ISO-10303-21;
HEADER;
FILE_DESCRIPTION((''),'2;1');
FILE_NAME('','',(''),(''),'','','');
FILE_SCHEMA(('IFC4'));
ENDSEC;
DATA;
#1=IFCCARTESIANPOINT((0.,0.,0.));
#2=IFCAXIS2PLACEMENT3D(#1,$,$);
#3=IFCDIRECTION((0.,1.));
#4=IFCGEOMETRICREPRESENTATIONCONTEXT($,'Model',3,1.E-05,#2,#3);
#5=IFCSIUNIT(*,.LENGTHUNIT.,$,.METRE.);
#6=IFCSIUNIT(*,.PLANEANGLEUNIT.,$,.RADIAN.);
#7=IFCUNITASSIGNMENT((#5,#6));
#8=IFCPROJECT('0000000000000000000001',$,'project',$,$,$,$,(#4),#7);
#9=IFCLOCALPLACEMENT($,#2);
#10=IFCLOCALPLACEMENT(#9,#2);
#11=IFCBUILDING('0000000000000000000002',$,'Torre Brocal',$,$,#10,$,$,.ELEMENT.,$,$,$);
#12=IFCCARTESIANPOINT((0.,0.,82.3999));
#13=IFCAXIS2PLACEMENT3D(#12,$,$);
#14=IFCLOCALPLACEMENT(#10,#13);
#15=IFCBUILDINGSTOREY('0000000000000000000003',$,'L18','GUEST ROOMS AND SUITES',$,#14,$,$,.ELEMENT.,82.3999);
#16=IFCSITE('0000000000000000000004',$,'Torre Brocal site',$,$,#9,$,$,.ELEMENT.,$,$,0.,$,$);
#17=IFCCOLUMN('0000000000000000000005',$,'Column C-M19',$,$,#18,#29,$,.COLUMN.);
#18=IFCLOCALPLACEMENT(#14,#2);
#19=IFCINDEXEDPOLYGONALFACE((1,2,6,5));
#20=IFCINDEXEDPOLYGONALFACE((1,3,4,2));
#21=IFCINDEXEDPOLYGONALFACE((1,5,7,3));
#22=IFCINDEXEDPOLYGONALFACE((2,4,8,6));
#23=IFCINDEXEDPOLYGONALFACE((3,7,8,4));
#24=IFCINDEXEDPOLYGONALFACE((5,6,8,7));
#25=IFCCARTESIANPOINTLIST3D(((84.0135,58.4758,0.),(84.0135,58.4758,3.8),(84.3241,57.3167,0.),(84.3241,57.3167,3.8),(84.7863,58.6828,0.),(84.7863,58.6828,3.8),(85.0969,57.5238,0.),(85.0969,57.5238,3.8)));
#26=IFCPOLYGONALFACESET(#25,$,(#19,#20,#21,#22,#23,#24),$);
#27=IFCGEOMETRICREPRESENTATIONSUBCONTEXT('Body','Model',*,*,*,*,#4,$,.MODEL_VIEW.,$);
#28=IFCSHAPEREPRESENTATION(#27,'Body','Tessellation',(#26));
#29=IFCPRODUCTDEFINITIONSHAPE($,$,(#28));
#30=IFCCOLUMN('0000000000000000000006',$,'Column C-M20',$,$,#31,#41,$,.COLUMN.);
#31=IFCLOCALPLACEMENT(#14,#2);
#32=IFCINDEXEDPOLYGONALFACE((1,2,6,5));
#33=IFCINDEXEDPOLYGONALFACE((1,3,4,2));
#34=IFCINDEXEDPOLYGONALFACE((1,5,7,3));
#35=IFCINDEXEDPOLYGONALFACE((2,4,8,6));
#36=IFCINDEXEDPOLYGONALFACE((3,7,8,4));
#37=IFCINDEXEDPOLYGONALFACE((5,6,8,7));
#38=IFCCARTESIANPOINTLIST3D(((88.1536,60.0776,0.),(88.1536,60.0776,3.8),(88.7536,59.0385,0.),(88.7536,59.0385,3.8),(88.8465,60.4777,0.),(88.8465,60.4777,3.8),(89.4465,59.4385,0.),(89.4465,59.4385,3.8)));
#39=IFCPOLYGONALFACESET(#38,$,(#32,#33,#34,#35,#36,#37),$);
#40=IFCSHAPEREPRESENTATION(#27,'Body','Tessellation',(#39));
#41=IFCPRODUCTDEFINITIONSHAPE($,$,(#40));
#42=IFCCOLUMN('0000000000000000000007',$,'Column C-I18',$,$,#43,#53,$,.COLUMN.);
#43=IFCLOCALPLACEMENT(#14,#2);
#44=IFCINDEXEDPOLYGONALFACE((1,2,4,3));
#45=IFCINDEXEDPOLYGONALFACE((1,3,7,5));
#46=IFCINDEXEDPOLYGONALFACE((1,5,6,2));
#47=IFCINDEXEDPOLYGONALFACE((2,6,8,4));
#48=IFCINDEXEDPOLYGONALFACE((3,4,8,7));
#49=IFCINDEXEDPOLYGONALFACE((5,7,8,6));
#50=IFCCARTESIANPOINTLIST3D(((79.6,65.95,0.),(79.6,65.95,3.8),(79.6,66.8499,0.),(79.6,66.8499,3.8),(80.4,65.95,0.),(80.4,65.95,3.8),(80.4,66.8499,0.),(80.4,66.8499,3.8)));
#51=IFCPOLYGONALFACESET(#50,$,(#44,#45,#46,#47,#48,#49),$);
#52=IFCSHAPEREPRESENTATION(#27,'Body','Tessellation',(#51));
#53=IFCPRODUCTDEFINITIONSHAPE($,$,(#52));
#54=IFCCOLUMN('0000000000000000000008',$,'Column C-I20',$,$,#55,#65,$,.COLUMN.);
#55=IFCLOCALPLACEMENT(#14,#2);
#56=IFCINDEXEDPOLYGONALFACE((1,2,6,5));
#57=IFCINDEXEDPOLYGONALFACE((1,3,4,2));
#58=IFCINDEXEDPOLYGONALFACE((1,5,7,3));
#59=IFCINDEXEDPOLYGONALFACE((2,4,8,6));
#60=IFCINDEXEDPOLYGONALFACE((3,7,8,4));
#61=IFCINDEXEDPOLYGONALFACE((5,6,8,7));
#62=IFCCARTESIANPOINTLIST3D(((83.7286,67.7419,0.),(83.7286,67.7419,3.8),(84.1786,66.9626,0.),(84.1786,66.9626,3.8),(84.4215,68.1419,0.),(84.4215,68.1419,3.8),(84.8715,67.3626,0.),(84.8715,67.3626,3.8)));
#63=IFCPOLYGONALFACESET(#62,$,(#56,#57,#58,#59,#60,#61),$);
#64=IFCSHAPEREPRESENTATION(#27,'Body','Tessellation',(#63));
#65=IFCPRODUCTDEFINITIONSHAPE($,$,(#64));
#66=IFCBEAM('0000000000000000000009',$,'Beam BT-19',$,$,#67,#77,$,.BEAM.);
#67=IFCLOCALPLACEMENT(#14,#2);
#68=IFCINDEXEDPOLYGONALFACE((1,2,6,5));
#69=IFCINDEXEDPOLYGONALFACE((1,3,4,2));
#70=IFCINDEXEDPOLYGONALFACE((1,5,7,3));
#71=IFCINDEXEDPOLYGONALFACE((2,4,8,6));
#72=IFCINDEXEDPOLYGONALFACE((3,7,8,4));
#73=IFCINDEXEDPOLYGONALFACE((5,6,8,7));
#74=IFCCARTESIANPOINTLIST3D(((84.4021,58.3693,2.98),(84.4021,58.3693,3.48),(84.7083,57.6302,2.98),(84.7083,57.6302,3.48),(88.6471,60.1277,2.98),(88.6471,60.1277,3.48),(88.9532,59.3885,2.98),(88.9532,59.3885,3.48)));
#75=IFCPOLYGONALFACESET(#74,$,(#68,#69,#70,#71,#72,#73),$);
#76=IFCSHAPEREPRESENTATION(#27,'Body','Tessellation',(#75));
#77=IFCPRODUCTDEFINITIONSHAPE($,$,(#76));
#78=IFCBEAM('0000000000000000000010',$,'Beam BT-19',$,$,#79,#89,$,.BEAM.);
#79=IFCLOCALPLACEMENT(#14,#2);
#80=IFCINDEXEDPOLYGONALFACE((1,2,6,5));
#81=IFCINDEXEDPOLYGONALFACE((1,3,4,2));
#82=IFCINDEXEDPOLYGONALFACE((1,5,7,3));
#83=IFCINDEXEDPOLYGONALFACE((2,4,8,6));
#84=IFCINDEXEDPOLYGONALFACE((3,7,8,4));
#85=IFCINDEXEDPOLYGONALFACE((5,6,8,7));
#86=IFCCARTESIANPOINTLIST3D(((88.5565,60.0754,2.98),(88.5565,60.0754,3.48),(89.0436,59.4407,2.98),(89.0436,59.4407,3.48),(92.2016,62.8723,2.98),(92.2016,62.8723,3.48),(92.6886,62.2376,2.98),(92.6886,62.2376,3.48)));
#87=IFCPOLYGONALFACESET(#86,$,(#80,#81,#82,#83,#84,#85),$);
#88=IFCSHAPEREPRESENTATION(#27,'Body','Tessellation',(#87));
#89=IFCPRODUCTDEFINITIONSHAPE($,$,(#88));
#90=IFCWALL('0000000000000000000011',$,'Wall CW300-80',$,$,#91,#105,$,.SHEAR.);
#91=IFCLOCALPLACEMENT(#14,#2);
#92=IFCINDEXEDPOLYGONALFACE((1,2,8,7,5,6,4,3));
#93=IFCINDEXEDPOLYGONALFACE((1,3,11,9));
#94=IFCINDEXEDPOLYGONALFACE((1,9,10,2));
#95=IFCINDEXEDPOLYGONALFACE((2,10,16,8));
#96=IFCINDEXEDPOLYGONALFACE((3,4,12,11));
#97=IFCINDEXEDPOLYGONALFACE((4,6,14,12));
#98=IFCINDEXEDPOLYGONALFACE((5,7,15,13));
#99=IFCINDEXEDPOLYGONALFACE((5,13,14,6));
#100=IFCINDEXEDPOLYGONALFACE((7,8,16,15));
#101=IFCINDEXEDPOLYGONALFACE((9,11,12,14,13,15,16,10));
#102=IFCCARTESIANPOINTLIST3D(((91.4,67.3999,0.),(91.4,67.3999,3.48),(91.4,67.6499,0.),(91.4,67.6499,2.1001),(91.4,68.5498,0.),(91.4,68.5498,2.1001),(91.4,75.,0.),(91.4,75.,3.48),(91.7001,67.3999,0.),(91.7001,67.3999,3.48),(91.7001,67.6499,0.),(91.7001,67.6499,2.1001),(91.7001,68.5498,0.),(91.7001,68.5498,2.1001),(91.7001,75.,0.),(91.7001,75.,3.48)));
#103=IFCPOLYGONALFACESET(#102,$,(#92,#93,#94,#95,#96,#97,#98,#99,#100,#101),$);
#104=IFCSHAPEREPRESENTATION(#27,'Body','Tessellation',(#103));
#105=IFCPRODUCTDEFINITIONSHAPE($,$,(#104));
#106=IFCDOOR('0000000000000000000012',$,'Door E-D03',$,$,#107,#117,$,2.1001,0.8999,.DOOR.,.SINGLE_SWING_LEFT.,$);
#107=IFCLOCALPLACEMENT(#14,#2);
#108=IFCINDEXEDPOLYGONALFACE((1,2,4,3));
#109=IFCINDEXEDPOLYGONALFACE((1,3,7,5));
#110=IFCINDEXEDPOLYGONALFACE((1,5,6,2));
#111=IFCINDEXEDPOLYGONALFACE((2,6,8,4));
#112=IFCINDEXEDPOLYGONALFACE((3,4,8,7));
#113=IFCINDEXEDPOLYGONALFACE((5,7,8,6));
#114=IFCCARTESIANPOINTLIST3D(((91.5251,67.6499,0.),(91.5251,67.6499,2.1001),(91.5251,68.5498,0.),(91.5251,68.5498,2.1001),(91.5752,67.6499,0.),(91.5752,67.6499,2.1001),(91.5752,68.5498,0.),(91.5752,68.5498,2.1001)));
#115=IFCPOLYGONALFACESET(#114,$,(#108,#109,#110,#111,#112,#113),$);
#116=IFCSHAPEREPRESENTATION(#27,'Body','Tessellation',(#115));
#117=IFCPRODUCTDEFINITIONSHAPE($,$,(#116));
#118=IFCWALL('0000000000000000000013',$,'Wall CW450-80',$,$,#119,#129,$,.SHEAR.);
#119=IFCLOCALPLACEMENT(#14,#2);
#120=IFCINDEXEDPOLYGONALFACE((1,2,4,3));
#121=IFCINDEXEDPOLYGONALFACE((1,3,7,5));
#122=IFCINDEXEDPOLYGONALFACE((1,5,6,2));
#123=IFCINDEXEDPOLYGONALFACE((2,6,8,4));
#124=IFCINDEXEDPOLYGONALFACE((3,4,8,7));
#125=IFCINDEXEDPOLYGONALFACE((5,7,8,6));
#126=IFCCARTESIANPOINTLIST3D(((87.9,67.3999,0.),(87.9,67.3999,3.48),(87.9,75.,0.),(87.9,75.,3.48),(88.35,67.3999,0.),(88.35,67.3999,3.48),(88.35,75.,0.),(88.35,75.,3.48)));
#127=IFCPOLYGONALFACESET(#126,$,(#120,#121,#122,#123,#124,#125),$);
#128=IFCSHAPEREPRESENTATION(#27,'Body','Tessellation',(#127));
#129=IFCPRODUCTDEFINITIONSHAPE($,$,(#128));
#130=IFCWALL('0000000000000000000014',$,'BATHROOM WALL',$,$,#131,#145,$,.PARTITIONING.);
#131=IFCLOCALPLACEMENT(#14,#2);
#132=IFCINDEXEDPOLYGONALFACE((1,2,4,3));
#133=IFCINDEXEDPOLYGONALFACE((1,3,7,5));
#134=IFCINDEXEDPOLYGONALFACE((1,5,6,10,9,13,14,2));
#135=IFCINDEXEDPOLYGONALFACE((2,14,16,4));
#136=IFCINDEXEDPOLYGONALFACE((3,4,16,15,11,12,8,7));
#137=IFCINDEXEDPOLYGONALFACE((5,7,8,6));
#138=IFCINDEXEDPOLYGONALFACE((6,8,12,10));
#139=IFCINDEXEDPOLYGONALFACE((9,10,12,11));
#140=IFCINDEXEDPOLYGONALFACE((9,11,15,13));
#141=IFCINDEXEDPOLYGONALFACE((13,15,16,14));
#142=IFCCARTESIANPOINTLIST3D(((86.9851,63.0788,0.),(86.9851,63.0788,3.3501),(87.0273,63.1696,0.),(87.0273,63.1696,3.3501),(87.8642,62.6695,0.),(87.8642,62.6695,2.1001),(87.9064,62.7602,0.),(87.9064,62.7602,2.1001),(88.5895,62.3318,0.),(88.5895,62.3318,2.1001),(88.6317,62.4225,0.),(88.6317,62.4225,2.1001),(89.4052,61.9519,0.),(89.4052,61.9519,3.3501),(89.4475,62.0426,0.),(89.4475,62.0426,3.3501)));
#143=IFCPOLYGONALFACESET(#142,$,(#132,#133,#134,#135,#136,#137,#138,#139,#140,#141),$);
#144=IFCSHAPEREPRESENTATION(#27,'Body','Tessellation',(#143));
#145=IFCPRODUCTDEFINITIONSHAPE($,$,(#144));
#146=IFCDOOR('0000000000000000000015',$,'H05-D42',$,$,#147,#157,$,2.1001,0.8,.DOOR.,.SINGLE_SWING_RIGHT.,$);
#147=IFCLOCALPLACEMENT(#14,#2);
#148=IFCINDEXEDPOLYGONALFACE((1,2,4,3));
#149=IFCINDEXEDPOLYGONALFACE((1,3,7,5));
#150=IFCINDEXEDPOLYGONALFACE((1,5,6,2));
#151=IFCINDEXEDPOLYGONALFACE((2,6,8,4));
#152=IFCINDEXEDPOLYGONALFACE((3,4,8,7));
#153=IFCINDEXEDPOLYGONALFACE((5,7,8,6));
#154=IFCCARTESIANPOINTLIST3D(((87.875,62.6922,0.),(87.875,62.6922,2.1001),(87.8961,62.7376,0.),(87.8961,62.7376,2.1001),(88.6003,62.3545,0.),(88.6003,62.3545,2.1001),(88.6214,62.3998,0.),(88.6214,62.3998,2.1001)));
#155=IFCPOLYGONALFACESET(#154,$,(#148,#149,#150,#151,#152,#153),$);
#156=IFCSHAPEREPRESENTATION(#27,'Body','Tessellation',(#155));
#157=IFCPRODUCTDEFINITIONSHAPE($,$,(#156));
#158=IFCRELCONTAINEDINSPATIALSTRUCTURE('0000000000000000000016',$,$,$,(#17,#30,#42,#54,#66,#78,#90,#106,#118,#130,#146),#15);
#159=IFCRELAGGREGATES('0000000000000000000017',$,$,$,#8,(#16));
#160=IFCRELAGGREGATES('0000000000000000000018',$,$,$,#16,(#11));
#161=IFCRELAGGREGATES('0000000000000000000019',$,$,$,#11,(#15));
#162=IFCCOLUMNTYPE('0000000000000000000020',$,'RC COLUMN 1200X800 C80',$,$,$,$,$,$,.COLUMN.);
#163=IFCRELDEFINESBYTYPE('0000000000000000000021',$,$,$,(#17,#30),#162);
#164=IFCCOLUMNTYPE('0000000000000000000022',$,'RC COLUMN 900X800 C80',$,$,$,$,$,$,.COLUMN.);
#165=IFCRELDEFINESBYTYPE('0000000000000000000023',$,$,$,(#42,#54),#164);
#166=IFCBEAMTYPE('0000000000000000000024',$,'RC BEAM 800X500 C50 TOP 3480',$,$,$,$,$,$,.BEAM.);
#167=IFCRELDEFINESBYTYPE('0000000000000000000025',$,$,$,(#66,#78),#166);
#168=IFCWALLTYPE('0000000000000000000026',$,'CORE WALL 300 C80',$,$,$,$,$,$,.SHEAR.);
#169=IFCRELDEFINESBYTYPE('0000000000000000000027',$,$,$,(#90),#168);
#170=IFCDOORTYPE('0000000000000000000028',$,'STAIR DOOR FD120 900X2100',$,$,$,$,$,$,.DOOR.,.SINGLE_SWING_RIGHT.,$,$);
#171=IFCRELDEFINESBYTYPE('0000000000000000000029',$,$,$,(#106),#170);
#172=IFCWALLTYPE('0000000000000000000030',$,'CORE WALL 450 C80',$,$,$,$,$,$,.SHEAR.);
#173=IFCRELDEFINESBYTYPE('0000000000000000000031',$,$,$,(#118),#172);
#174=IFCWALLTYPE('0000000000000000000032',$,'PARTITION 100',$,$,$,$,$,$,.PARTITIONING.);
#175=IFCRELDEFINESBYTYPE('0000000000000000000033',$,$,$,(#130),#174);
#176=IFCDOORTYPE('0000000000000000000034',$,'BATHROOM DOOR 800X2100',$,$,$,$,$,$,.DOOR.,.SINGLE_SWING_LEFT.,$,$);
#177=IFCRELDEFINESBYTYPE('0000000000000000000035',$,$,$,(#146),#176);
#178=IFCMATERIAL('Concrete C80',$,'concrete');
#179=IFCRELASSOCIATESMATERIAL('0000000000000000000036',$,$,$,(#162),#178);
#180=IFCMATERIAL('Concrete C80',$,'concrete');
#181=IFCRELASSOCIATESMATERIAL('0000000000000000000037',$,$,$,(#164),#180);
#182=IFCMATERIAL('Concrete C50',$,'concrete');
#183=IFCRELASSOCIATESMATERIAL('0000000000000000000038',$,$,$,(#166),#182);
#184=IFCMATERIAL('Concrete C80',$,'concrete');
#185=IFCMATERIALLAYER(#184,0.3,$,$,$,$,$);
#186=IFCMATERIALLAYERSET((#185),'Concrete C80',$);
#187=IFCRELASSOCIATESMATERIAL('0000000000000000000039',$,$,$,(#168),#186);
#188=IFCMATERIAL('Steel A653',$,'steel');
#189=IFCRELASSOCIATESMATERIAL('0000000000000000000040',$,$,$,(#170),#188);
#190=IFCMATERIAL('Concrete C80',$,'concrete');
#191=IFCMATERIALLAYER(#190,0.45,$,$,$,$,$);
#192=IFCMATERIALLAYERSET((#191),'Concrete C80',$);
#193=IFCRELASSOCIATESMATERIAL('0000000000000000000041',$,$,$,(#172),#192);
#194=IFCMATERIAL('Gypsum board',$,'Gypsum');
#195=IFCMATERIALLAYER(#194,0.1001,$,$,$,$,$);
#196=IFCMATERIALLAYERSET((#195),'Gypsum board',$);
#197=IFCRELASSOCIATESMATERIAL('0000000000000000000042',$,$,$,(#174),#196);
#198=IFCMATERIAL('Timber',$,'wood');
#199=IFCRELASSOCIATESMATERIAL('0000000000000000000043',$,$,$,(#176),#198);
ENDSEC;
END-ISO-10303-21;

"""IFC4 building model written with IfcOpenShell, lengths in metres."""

from ifc_helpers import new_model, si_unit, direction, frame, frame_2d, origin, origin_2d, place, context, subcontext, project, spatial, rectangle, extrude, material, layer, layer_set, material_profile, profile_set, type_object, element, fill, save


model = new_model("IFC4")

# Units and contexts
model_context = context("Model", 3, precision=1e-05, world=origin(), true_north=direction((0.0, 1.0)))
body_context = subcontext(model_context, "Body", "Model", "MODEL_VIEW")
ifc_project = project(units=[si_unit("LENGTHUNIT", "METRE"), si_unit("PLANEANGLEUNIT", "RADIAN")], contexts=[model_context])

# Site, building, storey
site_placement = place(None, origin())
site = spatial("IfcSite", under=ifc_project, at=site_placement, Name="Torre Brocal site", CompositionType="ELEMENT", RefElevation=0.0)
building_placement = place(site_placement, origin())
building = spatial("IfcBuilding", under=site, at=building_placement, Name="Torre Brocal", CompositionType="ELEMENT")
storey_placement = place(building_placement, frame((0.0, 0.0, 82.3999)))
storey = spatial("IfcBuildingStorey", under=building, at=storey_placement, Name="L18", Description="GUEST ROOMS AND SUITES", CompositionType="ELEMENT", Elevation=82.3999)

# Columns
ifc_material_1 = material(Name="Concrete C80", Category="concrete")
ifc_material_profile_1 = material_profile(ifc_material_1, rectangle(XDim=1.2, YDim=0.8, at=origin_2d()), Name="RC 1200X800")
ifc_profile_set_1 = profile_set([ifc_material_profile_1], Name="Concrete C80")
column_type_1 = type_object("IfcColumnType", Name="RC COLUMN 1200X800 C80", PredefinedType="COLUMN", material=ifc_profile_set_1)
for number, where, z_axis, x_axis, name in (
    (1, (84.5552, 57.9998, 0.0), (0.0, 0.0, 1.0), (0.258819, -0.965926, 0.0), "Column C-M19"),
    (2, (88.8, 59.7581, 0.0), (0.0, 0.0, 1.0), (0.5, -0.866025, 0.0), "Column C-M20"),
):
    element("IfcColumn", number, at=place(storey_placement, frame(where, z_axis=z_axis, x_axis=x_axis)), inside=storey, type_object=column_type_1, Name=name, PredefinedType="COLUMN", context=body_context, shape_type="SweptSolid", body=[
        extrude(rectangle(XDim=1.2, YDim=0.8, at=origin_2d()), origin(), (0.0, 0.0, 1.0), 3.8),
    ])
ifc_material_2 = material(Name="Concrete C80", Category="concrete")
ifc_material_profile_2 = material_profile(ifc_material_2, rectangle(XDim=0.8999, YDim=0.8, at=origin_2d()), Name="RC 900X800")
ifc_profile_set_2 = profile_set([ifc_material_profile_2], Name="Concrete C80")
column_type_2 = type_object("IfcColumnType", Name="RC COLUMN 900X800 C80", PredefinedType="COLUMN", material=ifc_profile_set_2)
for number, where, z_axis, x_axis, name in (
    (3, (80.0, 66.3999, 0.0), (0.0, 0.0, 1.0), (0.0, -1.0, 0.0), "Column C-I18"),
    (4, (84.3, 67.5522, 0.0), (0.0, 0.0, 1.0), (0.5, -0.866025, 0.0), "Column C-I20"),
):
    element("IfcColumn", number, at=place(storey_placement, frame(where, z_axis=z_axis, x_axis=x_axis)), inside=storey, type_object=column_type_2, Name=name, PredefinedType="COLUMN", context=body_context, shape_type="SweptSolid", body=[
        extrude(rectangle(XDim=0.8999, YDim=0.8, at=origin_2d()), origin(), (0.0, 0.0, 1.0), 3.8),
    ])

# Beams
ifc_material_3 = material(Name="Concrete C50", Category="concrete")
ifc_material_profile_3 = material_profile(ifc_material_3, rectangle(XDim=0.8, YDim=0.5, at=origin_2d()), Name="RC 800X500")
ifc_profile_set_3 = profile_set([ifc_material_profile_3], Name="Concrete C50")
beam_type = type_object("IfcBeamType", Name="RC BEAM 800X500 C50 TOP 3480", PredefinedType="BEAM", material=ifc_profile_set_3)
beam_1_placement = place(storey_placement, frame((84.5552, 57.9998, 3.23), z_axis=(0.923878, 0.382687, 0.0), x_axis=(-0.382687, 0.923878, 0.0)))
element("IfcBeam", 5, at=beam_1_placement, inside=storey, type_object=beam_type, Name="Beam BT-19", PredefinedType="BEAM", context=body_context, shape_type="SweptSolid", body=[
    extrude(rectangle(XDim=0.8, YDim=0.5, at=origin_2d()), origin(), (0.0, 0.0, 1.0), 4.5947),
])
beam_2_placement = place(storey_placement, frame((88.8, 59.7581, 3.23), z_axis=(0.793358, 0.608755, 0.0), x_axis=(-0.608755, 0.793358, 0.0)))
element("IfcBeam", 6, at=beam_2_placement, inside=storey, type_object=beam_type, Name="Beam BT-19", PredefinedType="BEAM", context=body_context, shape_type="SweptSolid", body=[
    extrude(rectangle(XDim=0.8, YDim=0.5, at=origin_2d()), origin(), (0.0, 0.0, 1.0), 4.5945),
])

# Wall, opening, door
ifc_material_4 = material(Name="Concrete C80", Category="concrete")
ifc_layer_1 = layer(ifc_material_4, 0.3)
ifc_layer_set_1 = layer_set([ifc_layer_1], Name="Concrete C80")
wall_type_1 = type_object("IfcWallType", Name="CORE WALL 300 C80", PredefinedType="SHEAR", material=ifc_layer_set_1)
wall_1_placement = place(storey_placement, frame((91.55, 67.3999, 0.0), z_axis=(0.0, 0.0, 1.0), x_axis=(0.0, 1.0, 0.0)))
wall_1 = element("IfcWall", 7, at=wall_1_placement, inside=storey, type_object=wall_type_1, Name="Wall CW300-80", PredefinedType="SHEAR", context=body_context, shape_type="SweptSolid", body=[
    extrude(rectangle(XDim=7.6001, YDim=0.3, at=frame_2d((3.8, 0.0))), origin(), (0.0, 0.0, 1.0), 3.48),
])
opening_1_placement = place(wall_1_placement, frame((0.25, 0.0, 0.0)))
opening_1 = element("IfcOpeningElement", 8, at=opening_1_placement, cuts=wall_1, PredefinedType="OPENING", context=body_context, shape_type="SweptSolid", body=[
    extrude(rectangle(XDim=0.8999, YDim=2.1001, at=frame_2d((0.45, 1.05))), frame((0.0, 0.1599, 0.0), z_axis=(0.0, -1.0, 0.0), x_axis=(1.0, 0.0, 0.0)), (0.0, 0.0, 1.0), 0.3201),
])
ifc_material_5 = material(Name="Steel A653", Category="steel")
door_type_1 = type_object("IfcDoorType", Name="STAIR DOOR FD120 900X2100", OperationType="SINGLE_SWING_RIGHT", PredefinedType="DOOR", material=ifc_material_5)
door_1_placement = place(opening_1_placement, origin())
door_1 = element("IfcDoor", 9, at=door_1_placement, inside=storey, type_object=door_type_1, Name="Door E-D03", OperationType="SINGLE_SWING_LEFT", OverallHeight=2.1001, OverallWidth=0.8999, PredefinedType="DOOR", context=body_context, shape_type="SweptSolid", body=[
    extrude(rectangle(XDim=0.8999, YDim=2.1001, at=frame_2d((0.45, 1.05))), frame((0.0, 0.0249, 0.0), z_axis=(0.0, -1.0, 0.0), x_axis=(1.0, 0.0, 0.0)), (0.0, 0.0, 1.0), 0.05),
])
fill(opening_1, door_1)

# Wall
ifc_material_6 = material(Name="Concrete C80", Category="concrete")
ifc_layer_2 = layer(ifc_material_6, 0.45)
ifc_layer_set_2 = layer_set([ifc_layer_2], Name="Concrete C80")
wall_type_2 = type_object("IfcWallType", Name="CORE WALL 450 C80", PredefinedType="SHEAR", material=ifc_layer_set_2)
wall_2_placement = place(storey_placement, frame((88.125, 67.3999, 0.0), z_axis=(0.0, 0.0, 1.0), x_axis=(0.0, 1.0, 0.0)))
element("IfcWall", 10, at=wall_2_placement, inside=storey, type_object=wall_type_2, Name="Wall CW450-80", PredefinedType="SHEAR", context=body_context, shape_type="SweptSolid", body=[
    extrude(rectangle(XDim=7.6001, YDim=0.45, at=frame_2d((3.8, 0.0))), origin(), (0.0, 0.0, 1.0), 3.48),
])

# Wall, opening, door
ifc_material_7 = material(Name="Gypsum board", Category="Gypsum")
ifc_layer_3 = layer(ifc_material_7, 0.1001)
ifc_layer_set_3 = layer_set([ifc_layer_3], Name="Gypsum board")
wall_type_3 = type_object("IfcWallType", Name="PARTITION 100", PredefinedType="PARTITIONING", material=ifc_layer_set_3)
wall_3_placement = place(storey_placement, frame((87.0061, 63.1243, 0.0), z_axis=(0.0, 0.0, 1.0), x_axis=(0.906536, -0.422129, 0.0)))
wall_3 = element("IfcWall", 11, at=wall_3_placement, inside=storey, type_object=wall_type_3, Name="BATHROOM WALL", PredefinedType="PARTITIONING", context=body_context, shape_type="SweptSolid", body=[
    extrude(rectangle(XDim=2.6697, YDim=0.1001, at=frame_2d((1.335, 0.0))), origin(), (0.0, 0.0, 1.0), 3.3501),
])
opening_2_placement = place(wall_3_placement, frame((0.97, 0.0, 0.0)))
opening_2 = element("IfcOpeningElement", 12, at=opening_2_placement, cuts=wall_3, PredefinedType="OPENING", context=body_context, shape_type="SweptSolid", body=[
    extrude(rectangle(XDim=0.8, YDim=2.1001, at=frame_2d((0.3999, 1.05))), frame((0.0, 0.0601, 0.0), z_axis=(0.0, -1.0, 0.0), x_axis=(1.0, 0.0, 0.0)), (0.0, 0.0, 1.0), 0.1201),
])
ifc_material_8 = material(Name="Timber", Category="wood")
door_type_2 = type_object("IfcDoorType", Name="BATHROOM DOOR 800X2100", OperationType="SINGLE_SWING_LEFT", PredefinedType="DOOR", material=ifc_material_8)
door_2_placement = place(opening_2_placement, frame((0.8, 0.0, 0.0), z_axis=(0.0, 0.0, 1.0), x_axis=(-1.0, 0.0, 0.0)))
door_2 = element("IfcDoor", 13, at=door_2_placement, inside=storey, type_object=door_type_2, Name="H05-D42", OperationType="SINGLE_SWING_RIGHT", OverallHeight=2.1001, OverallWidth=0.8, PredefinedType="DOOR", context=body_context, shape_type="SweptSolid", body=[
    extrude(rectangle(XDim=0.8, YDim=2.1001, at=frame_2d((0.3999, 1.05))), frame((0.0, 0.0249, 0.0), z_axis=(0.0, -1.0, 0.0), x_axis=(1.0, 0.0, 0.0)), (0.0, 0.0, 1.0), 0.05),
])
fill(opening_2, door_2)

save(model, "model.ifc")
